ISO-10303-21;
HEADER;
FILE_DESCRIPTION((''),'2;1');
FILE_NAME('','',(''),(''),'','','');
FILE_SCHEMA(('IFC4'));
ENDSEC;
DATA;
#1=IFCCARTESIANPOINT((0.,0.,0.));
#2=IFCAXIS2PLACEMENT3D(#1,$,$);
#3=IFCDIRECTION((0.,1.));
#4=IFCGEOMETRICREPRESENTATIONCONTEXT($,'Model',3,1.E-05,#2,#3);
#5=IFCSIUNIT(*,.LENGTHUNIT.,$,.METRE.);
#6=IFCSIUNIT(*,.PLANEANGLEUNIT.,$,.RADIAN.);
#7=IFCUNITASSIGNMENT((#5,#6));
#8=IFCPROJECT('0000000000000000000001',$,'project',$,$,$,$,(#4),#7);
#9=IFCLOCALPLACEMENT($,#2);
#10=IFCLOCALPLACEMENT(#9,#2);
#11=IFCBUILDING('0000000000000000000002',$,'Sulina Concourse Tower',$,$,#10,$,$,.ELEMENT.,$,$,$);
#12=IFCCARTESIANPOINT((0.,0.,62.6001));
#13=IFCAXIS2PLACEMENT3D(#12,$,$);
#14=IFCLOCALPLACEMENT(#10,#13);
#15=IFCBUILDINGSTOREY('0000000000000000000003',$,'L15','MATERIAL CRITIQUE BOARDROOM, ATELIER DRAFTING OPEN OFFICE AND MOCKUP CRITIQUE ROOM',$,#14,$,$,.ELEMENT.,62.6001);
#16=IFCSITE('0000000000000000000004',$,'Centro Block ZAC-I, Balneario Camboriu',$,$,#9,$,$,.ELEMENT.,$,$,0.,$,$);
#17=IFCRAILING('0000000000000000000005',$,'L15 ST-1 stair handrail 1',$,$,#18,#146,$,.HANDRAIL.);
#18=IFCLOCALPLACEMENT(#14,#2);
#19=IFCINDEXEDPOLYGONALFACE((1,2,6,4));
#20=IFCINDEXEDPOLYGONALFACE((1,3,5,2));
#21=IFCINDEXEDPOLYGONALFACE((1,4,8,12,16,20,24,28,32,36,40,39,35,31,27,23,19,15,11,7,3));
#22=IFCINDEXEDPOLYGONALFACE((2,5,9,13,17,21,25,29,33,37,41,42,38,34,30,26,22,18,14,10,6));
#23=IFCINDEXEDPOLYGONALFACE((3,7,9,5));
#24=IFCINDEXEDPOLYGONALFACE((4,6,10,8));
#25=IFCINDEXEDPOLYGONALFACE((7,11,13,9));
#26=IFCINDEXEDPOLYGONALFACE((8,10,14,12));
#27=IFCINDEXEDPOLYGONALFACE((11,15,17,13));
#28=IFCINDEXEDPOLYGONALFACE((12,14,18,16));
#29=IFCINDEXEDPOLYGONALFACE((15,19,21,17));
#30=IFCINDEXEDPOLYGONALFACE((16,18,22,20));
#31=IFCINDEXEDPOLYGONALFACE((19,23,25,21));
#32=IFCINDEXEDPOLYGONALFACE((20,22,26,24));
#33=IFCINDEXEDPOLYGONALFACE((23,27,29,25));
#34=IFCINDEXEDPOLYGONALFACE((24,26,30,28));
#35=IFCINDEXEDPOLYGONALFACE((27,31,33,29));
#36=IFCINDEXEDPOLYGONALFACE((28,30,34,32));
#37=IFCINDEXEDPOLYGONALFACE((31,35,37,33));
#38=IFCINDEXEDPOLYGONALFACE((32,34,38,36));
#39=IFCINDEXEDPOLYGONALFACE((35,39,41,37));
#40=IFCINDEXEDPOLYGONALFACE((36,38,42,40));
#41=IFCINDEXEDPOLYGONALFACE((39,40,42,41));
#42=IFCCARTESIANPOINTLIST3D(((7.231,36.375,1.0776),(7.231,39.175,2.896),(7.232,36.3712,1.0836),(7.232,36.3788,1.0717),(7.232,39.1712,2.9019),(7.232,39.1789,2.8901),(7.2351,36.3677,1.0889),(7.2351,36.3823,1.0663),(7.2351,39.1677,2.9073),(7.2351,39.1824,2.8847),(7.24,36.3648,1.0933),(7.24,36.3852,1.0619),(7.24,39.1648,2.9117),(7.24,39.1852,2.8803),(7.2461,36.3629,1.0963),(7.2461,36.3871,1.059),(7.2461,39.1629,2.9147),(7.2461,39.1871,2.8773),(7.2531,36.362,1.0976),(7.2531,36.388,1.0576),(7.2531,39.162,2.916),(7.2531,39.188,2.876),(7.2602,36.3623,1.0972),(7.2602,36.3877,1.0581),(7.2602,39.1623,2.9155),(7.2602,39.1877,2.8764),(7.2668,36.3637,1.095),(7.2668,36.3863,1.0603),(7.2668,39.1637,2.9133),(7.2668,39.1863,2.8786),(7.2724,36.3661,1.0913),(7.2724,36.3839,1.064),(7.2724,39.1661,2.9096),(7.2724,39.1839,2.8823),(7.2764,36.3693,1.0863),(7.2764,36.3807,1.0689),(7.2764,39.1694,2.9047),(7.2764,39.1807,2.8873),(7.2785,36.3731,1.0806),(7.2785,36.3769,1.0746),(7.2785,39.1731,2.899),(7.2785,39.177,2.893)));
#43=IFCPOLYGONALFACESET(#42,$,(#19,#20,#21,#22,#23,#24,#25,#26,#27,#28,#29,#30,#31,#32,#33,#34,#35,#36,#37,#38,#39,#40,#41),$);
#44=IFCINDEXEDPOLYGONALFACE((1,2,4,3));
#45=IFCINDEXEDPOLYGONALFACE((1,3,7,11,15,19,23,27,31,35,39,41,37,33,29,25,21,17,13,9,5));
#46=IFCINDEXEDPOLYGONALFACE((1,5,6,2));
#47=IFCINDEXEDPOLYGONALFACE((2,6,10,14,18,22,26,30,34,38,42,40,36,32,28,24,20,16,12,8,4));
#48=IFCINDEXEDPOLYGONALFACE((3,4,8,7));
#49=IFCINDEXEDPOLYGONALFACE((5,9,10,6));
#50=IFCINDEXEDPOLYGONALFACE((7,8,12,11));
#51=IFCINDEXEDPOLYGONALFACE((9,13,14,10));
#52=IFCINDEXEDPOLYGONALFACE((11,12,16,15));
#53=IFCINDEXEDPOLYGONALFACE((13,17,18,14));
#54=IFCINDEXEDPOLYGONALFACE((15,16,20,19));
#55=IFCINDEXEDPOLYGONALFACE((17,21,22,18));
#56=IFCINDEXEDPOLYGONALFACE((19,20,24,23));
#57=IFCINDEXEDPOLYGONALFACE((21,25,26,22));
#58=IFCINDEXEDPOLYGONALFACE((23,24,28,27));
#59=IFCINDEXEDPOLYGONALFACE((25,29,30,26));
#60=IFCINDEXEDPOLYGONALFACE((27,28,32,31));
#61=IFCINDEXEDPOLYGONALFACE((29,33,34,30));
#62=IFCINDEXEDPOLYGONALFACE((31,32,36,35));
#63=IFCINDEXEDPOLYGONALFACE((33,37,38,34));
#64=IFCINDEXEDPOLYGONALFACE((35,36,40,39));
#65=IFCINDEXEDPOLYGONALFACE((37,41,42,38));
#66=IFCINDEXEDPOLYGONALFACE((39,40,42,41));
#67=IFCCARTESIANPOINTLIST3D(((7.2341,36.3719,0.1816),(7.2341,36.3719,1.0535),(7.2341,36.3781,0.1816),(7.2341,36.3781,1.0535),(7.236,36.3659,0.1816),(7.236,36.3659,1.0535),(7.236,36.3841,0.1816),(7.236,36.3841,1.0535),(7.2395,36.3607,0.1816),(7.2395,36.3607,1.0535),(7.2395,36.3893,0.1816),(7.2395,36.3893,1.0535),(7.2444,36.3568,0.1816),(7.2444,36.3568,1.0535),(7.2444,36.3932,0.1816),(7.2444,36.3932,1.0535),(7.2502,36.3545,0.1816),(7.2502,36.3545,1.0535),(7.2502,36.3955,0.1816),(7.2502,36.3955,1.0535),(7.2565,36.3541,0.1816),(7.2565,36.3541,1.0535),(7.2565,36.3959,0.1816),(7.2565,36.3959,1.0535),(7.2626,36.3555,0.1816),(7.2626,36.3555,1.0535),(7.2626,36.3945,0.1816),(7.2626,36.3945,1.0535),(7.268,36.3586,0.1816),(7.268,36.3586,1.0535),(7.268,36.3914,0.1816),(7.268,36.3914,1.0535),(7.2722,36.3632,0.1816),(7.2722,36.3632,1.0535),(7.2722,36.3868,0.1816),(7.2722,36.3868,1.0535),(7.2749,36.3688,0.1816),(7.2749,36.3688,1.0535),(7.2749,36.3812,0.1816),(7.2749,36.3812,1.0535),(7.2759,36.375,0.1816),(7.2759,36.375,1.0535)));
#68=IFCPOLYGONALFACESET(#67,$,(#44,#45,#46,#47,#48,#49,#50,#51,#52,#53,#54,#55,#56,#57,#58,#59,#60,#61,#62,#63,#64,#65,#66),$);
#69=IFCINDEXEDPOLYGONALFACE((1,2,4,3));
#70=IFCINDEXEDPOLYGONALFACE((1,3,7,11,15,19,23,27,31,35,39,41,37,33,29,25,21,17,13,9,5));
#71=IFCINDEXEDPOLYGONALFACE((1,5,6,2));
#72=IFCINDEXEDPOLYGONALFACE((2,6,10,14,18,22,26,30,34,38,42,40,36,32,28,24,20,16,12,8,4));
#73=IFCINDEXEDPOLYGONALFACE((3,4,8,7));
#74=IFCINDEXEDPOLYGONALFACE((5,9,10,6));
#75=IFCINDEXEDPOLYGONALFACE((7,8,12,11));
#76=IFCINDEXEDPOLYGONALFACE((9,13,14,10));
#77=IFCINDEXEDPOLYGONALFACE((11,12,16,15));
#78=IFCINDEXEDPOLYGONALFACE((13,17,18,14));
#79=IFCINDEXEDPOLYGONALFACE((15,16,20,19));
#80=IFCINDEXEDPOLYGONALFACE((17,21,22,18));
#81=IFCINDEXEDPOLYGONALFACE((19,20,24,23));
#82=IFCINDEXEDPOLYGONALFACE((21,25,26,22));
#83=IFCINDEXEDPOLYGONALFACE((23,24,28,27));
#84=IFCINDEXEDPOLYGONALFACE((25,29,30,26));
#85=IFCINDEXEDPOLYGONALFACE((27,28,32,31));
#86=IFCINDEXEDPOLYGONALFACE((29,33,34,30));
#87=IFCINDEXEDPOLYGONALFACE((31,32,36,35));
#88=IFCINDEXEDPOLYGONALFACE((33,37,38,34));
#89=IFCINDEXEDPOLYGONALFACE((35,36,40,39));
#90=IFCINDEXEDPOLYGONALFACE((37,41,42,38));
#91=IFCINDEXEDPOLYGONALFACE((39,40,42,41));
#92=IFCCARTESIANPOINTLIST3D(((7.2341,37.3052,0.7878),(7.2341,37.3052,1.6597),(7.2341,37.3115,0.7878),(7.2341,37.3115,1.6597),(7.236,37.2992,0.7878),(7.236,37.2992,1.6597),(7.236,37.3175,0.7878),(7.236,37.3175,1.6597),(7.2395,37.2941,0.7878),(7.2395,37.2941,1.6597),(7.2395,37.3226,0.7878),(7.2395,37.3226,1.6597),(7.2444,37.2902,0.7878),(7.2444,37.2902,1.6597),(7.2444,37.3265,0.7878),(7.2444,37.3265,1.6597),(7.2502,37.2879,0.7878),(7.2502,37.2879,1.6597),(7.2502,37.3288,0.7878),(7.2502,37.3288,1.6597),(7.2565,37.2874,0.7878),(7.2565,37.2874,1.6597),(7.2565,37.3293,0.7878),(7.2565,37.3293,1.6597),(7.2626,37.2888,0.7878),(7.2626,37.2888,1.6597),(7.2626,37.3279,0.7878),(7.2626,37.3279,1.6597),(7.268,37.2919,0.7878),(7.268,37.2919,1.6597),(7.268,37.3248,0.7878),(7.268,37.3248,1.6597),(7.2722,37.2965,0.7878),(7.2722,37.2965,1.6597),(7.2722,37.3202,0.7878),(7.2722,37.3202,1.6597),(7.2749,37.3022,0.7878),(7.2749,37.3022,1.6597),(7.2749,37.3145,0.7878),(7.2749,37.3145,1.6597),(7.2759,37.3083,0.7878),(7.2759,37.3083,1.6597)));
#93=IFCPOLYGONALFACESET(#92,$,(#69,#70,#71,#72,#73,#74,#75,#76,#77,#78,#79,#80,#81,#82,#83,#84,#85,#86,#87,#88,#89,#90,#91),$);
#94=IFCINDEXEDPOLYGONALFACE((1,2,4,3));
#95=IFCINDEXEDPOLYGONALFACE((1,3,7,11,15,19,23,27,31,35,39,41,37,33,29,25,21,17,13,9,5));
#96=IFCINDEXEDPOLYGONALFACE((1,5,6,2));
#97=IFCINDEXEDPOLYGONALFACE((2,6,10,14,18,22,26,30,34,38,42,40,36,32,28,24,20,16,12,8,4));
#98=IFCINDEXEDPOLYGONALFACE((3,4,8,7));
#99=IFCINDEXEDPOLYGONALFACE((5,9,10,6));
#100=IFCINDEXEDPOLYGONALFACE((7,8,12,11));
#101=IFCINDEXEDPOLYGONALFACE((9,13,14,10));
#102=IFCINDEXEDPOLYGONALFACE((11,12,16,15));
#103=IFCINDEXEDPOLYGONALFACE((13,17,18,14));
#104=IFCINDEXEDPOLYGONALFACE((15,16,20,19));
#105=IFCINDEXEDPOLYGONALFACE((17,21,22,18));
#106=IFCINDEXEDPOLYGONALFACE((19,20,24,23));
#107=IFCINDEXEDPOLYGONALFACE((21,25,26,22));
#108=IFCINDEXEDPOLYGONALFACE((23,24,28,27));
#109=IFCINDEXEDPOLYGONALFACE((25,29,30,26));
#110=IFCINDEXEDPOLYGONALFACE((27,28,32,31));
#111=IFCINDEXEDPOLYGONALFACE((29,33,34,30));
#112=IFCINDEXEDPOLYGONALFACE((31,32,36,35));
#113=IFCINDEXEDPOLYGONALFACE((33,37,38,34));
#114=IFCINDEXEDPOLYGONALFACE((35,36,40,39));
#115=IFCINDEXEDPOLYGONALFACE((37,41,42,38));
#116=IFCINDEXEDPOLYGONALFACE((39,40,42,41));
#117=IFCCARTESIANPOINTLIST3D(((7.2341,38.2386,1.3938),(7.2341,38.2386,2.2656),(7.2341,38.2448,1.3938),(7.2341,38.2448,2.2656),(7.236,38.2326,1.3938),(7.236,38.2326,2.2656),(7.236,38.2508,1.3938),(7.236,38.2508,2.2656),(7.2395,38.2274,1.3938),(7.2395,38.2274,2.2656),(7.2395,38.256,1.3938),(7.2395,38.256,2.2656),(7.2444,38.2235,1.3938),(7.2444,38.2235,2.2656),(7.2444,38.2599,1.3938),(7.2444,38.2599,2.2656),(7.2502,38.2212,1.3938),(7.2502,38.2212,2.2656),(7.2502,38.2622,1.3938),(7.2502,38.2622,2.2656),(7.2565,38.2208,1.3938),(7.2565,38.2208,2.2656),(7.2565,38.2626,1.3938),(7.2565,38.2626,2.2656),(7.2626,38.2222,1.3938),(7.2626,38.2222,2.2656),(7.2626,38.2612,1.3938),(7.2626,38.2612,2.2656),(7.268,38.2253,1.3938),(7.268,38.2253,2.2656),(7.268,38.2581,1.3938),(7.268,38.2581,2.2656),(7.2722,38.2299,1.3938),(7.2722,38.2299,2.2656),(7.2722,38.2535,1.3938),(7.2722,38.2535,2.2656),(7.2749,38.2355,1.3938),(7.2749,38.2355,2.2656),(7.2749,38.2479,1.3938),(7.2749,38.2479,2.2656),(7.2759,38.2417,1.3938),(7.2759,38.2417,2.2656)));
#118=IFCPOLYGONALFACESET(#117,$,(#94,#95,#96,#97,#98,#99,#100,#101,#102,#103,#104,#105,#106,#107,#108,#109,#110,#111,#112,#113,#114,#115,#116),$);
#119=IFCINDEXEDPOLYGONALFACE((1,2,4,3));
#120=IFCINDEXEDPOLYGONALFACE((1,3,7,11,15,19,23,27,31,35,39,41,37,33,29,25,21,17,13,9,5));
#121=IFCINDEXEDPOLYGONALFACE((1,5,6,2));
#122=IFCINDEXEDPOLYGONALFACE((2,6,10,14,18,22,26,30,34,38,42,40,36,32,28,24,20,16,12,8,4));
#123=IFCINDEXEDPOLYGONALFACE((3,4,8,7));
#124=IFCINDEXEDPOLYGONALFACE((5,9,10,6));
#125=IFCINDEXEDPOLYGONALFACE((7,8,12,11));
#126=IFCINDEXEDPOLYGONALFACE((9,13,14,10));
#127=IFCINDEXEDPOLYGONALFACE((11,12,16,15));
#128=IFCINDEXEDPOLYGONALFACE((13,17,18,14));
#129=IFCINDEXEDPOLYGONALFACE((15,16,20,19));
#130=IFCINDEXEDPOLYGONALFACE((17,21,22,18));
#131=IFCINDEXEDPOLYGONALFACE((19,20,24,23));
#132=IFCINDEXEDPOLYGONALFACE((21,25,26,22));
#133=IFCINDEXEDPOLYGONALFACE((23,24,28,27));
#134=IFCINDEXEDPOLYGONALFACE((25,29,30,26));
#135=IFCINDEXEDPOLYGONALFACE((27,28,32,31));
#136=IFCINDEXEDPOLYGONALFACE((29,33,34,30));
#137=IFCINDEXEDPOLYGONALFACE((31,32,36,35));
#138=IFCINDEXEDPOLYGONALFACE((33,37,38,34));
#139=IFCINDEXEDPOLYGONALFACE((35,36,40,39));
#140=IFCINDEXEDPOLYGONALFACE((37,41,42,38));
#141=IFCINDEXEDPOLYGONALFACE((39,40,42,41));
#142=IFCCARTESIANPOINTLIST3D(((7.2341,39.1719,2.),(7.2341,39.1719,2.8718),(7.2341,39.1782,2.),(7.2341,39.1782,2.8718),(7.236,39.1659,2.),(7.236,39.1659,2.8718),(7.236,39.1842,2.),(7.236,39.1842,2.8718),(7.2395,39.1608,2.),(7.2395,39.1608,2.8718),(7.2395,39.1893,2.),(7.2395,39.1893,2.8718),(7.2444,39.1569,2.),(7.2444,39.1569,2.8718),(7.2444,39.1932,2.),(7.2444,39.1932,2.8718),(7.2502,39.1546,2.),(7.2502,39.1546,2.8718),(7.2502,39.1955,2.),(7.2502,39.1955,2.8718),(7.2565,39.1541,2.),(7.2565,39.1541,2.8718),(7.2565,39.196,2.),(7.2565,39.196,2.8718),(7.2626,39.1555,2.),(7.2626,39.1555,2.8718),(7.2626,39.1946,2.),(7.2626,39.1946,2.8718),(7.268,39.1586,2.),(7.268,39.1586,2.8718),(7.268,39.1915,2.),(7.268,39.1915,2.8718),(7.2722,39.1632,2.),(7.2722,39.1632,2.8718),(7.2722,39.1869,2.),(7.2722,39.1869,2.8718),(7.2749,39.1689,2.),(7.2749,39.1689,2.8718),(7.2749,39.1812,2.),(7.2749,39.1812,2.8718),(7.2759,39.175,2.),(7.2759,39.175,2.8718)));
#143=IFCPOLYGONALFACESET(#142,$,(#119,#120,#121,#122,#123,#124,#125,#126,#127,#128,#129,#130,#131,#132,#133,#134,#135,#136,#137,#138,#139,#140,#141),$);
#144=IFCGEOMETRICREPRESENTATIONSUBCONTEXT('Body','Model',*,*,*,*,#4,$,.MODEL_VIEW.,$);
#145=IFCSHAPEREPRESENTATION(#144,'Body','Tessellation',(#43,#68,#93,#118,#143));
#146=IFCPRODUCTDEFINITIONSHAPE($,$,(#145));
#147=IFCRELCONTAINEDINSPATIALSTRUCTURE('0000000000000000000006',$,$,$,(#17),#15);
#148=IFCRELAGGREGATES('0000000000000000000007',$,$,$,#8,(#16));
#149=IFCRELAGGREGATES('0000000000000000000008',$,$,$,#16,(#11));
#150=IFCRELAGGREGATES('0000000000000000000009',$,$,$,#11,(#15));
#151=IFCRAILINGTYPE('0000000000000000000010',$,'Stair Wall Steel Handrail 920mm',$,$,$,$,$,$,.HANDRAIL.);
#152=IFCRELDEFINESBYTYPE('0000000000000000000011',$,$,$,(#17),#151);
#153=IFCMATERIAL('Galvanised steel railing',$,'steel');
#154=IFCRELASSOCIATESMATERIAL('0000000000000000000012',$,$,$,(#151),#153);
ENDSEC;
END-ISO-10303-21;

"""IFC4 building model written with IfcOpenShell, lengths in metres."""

from ifc_helpers import new_model, si_unit, direction, frame, origin, origin_2d, place, context, subcontext, project, spatial, circle, extrude, material, type_object, element, save


model = new_model("IFC4")

# Units and contexts
model_context = context("Model", 3, precision=1e-05, world=origin(), true_north=direction((0.0, 1.0)))
body_context = subcontext(model_context, "Body", "Model", "MODEL_VIEW")
ifc_project = project(units=[si_unit("LENGTHUNIT", "METRE"), si_unit("PLANEANGLEUNIT", "RADIAN")], contexts=[model_context])

# Site, building, storey
site_placement = place(None, origin())
site = spatial("IfcSite", under=ifc_project, at=site_placement, Name="Centro Block ZAC-I, Balneario Camboriu", CompositionType="ELEMENT", RefElevation=0.0)
building_placement = place(site_placement, origin())
building = spatial("IfcBuilding", under=site, at=building_placement, Name="Sulina Concourse Tower", CompositionType="ELEMENT")
storey_placement = place(building_placement, frame((0.0, 0.0, 62.6001)))
storey = spatial("IfcBuildingStorey", under=building, at=storey_placement, Name="L15", Description="MATERIAL CRITIQUE BOARDROOM, ATELIER DRAFTING OPEN OFFICE AND MOCKUP CRITIQUE ROOM", CompositionType="ELEMENT", Elevation=62.6001)

# Railing
ifc_material_1 = material(Name="Galvanised steel railing", Category="steel")
railing_type_1 = type_object("IfcRailingType", Name="Stair Wall Steel Handrail 920mm", PredefinedType="HANDRAIL", material=ifc_material_1)
railing_1_placement = place(storey_placement, frame((7.2549, 36.375, 0.1816)))
element("IfcRailing", 1, at=railing_1_placement, inside=storey, type_object=railing_type_1, Name="L15 ST-1 stair handrail 1", PredefinedType="HANDRAIL", context=body_context, shape_type="SweptSolid", body=[
    extrude(circle(Radius=0.0239, at=origin_2d()), frame((0.0, 0.0, 0.896), z_axis=(0.0, 0.838672, 0.544636), x_axis=(-1.0, 0.0, 0.0)), (0.0, 0.0, 1.0), 3.3386),
    extrude(circle(Radius=0.021, at=origin_2d()), origin(), (0.0, 0.0, 1.0), 0.8718),
    extrude(circle(Radius=0.021, at=origin_2d()), frame((0.0, 0.9333, 0.6062)), (0.0, 0.0, 1.0), 0.8718),
    extrude(circle(Radius=0.021, at=origin_2d()), frame((0.0, 1.8667, 1.2122)), (0.0, 0.0, 1.0), 0.8718),
    extrude(circle(Radius=0.021, at=origin_2d()), frame((0.0, 2.8, 1.8184)), (0.0, 0.0, 1.0), 0.8718),
])

save(model, "model.ifc")
